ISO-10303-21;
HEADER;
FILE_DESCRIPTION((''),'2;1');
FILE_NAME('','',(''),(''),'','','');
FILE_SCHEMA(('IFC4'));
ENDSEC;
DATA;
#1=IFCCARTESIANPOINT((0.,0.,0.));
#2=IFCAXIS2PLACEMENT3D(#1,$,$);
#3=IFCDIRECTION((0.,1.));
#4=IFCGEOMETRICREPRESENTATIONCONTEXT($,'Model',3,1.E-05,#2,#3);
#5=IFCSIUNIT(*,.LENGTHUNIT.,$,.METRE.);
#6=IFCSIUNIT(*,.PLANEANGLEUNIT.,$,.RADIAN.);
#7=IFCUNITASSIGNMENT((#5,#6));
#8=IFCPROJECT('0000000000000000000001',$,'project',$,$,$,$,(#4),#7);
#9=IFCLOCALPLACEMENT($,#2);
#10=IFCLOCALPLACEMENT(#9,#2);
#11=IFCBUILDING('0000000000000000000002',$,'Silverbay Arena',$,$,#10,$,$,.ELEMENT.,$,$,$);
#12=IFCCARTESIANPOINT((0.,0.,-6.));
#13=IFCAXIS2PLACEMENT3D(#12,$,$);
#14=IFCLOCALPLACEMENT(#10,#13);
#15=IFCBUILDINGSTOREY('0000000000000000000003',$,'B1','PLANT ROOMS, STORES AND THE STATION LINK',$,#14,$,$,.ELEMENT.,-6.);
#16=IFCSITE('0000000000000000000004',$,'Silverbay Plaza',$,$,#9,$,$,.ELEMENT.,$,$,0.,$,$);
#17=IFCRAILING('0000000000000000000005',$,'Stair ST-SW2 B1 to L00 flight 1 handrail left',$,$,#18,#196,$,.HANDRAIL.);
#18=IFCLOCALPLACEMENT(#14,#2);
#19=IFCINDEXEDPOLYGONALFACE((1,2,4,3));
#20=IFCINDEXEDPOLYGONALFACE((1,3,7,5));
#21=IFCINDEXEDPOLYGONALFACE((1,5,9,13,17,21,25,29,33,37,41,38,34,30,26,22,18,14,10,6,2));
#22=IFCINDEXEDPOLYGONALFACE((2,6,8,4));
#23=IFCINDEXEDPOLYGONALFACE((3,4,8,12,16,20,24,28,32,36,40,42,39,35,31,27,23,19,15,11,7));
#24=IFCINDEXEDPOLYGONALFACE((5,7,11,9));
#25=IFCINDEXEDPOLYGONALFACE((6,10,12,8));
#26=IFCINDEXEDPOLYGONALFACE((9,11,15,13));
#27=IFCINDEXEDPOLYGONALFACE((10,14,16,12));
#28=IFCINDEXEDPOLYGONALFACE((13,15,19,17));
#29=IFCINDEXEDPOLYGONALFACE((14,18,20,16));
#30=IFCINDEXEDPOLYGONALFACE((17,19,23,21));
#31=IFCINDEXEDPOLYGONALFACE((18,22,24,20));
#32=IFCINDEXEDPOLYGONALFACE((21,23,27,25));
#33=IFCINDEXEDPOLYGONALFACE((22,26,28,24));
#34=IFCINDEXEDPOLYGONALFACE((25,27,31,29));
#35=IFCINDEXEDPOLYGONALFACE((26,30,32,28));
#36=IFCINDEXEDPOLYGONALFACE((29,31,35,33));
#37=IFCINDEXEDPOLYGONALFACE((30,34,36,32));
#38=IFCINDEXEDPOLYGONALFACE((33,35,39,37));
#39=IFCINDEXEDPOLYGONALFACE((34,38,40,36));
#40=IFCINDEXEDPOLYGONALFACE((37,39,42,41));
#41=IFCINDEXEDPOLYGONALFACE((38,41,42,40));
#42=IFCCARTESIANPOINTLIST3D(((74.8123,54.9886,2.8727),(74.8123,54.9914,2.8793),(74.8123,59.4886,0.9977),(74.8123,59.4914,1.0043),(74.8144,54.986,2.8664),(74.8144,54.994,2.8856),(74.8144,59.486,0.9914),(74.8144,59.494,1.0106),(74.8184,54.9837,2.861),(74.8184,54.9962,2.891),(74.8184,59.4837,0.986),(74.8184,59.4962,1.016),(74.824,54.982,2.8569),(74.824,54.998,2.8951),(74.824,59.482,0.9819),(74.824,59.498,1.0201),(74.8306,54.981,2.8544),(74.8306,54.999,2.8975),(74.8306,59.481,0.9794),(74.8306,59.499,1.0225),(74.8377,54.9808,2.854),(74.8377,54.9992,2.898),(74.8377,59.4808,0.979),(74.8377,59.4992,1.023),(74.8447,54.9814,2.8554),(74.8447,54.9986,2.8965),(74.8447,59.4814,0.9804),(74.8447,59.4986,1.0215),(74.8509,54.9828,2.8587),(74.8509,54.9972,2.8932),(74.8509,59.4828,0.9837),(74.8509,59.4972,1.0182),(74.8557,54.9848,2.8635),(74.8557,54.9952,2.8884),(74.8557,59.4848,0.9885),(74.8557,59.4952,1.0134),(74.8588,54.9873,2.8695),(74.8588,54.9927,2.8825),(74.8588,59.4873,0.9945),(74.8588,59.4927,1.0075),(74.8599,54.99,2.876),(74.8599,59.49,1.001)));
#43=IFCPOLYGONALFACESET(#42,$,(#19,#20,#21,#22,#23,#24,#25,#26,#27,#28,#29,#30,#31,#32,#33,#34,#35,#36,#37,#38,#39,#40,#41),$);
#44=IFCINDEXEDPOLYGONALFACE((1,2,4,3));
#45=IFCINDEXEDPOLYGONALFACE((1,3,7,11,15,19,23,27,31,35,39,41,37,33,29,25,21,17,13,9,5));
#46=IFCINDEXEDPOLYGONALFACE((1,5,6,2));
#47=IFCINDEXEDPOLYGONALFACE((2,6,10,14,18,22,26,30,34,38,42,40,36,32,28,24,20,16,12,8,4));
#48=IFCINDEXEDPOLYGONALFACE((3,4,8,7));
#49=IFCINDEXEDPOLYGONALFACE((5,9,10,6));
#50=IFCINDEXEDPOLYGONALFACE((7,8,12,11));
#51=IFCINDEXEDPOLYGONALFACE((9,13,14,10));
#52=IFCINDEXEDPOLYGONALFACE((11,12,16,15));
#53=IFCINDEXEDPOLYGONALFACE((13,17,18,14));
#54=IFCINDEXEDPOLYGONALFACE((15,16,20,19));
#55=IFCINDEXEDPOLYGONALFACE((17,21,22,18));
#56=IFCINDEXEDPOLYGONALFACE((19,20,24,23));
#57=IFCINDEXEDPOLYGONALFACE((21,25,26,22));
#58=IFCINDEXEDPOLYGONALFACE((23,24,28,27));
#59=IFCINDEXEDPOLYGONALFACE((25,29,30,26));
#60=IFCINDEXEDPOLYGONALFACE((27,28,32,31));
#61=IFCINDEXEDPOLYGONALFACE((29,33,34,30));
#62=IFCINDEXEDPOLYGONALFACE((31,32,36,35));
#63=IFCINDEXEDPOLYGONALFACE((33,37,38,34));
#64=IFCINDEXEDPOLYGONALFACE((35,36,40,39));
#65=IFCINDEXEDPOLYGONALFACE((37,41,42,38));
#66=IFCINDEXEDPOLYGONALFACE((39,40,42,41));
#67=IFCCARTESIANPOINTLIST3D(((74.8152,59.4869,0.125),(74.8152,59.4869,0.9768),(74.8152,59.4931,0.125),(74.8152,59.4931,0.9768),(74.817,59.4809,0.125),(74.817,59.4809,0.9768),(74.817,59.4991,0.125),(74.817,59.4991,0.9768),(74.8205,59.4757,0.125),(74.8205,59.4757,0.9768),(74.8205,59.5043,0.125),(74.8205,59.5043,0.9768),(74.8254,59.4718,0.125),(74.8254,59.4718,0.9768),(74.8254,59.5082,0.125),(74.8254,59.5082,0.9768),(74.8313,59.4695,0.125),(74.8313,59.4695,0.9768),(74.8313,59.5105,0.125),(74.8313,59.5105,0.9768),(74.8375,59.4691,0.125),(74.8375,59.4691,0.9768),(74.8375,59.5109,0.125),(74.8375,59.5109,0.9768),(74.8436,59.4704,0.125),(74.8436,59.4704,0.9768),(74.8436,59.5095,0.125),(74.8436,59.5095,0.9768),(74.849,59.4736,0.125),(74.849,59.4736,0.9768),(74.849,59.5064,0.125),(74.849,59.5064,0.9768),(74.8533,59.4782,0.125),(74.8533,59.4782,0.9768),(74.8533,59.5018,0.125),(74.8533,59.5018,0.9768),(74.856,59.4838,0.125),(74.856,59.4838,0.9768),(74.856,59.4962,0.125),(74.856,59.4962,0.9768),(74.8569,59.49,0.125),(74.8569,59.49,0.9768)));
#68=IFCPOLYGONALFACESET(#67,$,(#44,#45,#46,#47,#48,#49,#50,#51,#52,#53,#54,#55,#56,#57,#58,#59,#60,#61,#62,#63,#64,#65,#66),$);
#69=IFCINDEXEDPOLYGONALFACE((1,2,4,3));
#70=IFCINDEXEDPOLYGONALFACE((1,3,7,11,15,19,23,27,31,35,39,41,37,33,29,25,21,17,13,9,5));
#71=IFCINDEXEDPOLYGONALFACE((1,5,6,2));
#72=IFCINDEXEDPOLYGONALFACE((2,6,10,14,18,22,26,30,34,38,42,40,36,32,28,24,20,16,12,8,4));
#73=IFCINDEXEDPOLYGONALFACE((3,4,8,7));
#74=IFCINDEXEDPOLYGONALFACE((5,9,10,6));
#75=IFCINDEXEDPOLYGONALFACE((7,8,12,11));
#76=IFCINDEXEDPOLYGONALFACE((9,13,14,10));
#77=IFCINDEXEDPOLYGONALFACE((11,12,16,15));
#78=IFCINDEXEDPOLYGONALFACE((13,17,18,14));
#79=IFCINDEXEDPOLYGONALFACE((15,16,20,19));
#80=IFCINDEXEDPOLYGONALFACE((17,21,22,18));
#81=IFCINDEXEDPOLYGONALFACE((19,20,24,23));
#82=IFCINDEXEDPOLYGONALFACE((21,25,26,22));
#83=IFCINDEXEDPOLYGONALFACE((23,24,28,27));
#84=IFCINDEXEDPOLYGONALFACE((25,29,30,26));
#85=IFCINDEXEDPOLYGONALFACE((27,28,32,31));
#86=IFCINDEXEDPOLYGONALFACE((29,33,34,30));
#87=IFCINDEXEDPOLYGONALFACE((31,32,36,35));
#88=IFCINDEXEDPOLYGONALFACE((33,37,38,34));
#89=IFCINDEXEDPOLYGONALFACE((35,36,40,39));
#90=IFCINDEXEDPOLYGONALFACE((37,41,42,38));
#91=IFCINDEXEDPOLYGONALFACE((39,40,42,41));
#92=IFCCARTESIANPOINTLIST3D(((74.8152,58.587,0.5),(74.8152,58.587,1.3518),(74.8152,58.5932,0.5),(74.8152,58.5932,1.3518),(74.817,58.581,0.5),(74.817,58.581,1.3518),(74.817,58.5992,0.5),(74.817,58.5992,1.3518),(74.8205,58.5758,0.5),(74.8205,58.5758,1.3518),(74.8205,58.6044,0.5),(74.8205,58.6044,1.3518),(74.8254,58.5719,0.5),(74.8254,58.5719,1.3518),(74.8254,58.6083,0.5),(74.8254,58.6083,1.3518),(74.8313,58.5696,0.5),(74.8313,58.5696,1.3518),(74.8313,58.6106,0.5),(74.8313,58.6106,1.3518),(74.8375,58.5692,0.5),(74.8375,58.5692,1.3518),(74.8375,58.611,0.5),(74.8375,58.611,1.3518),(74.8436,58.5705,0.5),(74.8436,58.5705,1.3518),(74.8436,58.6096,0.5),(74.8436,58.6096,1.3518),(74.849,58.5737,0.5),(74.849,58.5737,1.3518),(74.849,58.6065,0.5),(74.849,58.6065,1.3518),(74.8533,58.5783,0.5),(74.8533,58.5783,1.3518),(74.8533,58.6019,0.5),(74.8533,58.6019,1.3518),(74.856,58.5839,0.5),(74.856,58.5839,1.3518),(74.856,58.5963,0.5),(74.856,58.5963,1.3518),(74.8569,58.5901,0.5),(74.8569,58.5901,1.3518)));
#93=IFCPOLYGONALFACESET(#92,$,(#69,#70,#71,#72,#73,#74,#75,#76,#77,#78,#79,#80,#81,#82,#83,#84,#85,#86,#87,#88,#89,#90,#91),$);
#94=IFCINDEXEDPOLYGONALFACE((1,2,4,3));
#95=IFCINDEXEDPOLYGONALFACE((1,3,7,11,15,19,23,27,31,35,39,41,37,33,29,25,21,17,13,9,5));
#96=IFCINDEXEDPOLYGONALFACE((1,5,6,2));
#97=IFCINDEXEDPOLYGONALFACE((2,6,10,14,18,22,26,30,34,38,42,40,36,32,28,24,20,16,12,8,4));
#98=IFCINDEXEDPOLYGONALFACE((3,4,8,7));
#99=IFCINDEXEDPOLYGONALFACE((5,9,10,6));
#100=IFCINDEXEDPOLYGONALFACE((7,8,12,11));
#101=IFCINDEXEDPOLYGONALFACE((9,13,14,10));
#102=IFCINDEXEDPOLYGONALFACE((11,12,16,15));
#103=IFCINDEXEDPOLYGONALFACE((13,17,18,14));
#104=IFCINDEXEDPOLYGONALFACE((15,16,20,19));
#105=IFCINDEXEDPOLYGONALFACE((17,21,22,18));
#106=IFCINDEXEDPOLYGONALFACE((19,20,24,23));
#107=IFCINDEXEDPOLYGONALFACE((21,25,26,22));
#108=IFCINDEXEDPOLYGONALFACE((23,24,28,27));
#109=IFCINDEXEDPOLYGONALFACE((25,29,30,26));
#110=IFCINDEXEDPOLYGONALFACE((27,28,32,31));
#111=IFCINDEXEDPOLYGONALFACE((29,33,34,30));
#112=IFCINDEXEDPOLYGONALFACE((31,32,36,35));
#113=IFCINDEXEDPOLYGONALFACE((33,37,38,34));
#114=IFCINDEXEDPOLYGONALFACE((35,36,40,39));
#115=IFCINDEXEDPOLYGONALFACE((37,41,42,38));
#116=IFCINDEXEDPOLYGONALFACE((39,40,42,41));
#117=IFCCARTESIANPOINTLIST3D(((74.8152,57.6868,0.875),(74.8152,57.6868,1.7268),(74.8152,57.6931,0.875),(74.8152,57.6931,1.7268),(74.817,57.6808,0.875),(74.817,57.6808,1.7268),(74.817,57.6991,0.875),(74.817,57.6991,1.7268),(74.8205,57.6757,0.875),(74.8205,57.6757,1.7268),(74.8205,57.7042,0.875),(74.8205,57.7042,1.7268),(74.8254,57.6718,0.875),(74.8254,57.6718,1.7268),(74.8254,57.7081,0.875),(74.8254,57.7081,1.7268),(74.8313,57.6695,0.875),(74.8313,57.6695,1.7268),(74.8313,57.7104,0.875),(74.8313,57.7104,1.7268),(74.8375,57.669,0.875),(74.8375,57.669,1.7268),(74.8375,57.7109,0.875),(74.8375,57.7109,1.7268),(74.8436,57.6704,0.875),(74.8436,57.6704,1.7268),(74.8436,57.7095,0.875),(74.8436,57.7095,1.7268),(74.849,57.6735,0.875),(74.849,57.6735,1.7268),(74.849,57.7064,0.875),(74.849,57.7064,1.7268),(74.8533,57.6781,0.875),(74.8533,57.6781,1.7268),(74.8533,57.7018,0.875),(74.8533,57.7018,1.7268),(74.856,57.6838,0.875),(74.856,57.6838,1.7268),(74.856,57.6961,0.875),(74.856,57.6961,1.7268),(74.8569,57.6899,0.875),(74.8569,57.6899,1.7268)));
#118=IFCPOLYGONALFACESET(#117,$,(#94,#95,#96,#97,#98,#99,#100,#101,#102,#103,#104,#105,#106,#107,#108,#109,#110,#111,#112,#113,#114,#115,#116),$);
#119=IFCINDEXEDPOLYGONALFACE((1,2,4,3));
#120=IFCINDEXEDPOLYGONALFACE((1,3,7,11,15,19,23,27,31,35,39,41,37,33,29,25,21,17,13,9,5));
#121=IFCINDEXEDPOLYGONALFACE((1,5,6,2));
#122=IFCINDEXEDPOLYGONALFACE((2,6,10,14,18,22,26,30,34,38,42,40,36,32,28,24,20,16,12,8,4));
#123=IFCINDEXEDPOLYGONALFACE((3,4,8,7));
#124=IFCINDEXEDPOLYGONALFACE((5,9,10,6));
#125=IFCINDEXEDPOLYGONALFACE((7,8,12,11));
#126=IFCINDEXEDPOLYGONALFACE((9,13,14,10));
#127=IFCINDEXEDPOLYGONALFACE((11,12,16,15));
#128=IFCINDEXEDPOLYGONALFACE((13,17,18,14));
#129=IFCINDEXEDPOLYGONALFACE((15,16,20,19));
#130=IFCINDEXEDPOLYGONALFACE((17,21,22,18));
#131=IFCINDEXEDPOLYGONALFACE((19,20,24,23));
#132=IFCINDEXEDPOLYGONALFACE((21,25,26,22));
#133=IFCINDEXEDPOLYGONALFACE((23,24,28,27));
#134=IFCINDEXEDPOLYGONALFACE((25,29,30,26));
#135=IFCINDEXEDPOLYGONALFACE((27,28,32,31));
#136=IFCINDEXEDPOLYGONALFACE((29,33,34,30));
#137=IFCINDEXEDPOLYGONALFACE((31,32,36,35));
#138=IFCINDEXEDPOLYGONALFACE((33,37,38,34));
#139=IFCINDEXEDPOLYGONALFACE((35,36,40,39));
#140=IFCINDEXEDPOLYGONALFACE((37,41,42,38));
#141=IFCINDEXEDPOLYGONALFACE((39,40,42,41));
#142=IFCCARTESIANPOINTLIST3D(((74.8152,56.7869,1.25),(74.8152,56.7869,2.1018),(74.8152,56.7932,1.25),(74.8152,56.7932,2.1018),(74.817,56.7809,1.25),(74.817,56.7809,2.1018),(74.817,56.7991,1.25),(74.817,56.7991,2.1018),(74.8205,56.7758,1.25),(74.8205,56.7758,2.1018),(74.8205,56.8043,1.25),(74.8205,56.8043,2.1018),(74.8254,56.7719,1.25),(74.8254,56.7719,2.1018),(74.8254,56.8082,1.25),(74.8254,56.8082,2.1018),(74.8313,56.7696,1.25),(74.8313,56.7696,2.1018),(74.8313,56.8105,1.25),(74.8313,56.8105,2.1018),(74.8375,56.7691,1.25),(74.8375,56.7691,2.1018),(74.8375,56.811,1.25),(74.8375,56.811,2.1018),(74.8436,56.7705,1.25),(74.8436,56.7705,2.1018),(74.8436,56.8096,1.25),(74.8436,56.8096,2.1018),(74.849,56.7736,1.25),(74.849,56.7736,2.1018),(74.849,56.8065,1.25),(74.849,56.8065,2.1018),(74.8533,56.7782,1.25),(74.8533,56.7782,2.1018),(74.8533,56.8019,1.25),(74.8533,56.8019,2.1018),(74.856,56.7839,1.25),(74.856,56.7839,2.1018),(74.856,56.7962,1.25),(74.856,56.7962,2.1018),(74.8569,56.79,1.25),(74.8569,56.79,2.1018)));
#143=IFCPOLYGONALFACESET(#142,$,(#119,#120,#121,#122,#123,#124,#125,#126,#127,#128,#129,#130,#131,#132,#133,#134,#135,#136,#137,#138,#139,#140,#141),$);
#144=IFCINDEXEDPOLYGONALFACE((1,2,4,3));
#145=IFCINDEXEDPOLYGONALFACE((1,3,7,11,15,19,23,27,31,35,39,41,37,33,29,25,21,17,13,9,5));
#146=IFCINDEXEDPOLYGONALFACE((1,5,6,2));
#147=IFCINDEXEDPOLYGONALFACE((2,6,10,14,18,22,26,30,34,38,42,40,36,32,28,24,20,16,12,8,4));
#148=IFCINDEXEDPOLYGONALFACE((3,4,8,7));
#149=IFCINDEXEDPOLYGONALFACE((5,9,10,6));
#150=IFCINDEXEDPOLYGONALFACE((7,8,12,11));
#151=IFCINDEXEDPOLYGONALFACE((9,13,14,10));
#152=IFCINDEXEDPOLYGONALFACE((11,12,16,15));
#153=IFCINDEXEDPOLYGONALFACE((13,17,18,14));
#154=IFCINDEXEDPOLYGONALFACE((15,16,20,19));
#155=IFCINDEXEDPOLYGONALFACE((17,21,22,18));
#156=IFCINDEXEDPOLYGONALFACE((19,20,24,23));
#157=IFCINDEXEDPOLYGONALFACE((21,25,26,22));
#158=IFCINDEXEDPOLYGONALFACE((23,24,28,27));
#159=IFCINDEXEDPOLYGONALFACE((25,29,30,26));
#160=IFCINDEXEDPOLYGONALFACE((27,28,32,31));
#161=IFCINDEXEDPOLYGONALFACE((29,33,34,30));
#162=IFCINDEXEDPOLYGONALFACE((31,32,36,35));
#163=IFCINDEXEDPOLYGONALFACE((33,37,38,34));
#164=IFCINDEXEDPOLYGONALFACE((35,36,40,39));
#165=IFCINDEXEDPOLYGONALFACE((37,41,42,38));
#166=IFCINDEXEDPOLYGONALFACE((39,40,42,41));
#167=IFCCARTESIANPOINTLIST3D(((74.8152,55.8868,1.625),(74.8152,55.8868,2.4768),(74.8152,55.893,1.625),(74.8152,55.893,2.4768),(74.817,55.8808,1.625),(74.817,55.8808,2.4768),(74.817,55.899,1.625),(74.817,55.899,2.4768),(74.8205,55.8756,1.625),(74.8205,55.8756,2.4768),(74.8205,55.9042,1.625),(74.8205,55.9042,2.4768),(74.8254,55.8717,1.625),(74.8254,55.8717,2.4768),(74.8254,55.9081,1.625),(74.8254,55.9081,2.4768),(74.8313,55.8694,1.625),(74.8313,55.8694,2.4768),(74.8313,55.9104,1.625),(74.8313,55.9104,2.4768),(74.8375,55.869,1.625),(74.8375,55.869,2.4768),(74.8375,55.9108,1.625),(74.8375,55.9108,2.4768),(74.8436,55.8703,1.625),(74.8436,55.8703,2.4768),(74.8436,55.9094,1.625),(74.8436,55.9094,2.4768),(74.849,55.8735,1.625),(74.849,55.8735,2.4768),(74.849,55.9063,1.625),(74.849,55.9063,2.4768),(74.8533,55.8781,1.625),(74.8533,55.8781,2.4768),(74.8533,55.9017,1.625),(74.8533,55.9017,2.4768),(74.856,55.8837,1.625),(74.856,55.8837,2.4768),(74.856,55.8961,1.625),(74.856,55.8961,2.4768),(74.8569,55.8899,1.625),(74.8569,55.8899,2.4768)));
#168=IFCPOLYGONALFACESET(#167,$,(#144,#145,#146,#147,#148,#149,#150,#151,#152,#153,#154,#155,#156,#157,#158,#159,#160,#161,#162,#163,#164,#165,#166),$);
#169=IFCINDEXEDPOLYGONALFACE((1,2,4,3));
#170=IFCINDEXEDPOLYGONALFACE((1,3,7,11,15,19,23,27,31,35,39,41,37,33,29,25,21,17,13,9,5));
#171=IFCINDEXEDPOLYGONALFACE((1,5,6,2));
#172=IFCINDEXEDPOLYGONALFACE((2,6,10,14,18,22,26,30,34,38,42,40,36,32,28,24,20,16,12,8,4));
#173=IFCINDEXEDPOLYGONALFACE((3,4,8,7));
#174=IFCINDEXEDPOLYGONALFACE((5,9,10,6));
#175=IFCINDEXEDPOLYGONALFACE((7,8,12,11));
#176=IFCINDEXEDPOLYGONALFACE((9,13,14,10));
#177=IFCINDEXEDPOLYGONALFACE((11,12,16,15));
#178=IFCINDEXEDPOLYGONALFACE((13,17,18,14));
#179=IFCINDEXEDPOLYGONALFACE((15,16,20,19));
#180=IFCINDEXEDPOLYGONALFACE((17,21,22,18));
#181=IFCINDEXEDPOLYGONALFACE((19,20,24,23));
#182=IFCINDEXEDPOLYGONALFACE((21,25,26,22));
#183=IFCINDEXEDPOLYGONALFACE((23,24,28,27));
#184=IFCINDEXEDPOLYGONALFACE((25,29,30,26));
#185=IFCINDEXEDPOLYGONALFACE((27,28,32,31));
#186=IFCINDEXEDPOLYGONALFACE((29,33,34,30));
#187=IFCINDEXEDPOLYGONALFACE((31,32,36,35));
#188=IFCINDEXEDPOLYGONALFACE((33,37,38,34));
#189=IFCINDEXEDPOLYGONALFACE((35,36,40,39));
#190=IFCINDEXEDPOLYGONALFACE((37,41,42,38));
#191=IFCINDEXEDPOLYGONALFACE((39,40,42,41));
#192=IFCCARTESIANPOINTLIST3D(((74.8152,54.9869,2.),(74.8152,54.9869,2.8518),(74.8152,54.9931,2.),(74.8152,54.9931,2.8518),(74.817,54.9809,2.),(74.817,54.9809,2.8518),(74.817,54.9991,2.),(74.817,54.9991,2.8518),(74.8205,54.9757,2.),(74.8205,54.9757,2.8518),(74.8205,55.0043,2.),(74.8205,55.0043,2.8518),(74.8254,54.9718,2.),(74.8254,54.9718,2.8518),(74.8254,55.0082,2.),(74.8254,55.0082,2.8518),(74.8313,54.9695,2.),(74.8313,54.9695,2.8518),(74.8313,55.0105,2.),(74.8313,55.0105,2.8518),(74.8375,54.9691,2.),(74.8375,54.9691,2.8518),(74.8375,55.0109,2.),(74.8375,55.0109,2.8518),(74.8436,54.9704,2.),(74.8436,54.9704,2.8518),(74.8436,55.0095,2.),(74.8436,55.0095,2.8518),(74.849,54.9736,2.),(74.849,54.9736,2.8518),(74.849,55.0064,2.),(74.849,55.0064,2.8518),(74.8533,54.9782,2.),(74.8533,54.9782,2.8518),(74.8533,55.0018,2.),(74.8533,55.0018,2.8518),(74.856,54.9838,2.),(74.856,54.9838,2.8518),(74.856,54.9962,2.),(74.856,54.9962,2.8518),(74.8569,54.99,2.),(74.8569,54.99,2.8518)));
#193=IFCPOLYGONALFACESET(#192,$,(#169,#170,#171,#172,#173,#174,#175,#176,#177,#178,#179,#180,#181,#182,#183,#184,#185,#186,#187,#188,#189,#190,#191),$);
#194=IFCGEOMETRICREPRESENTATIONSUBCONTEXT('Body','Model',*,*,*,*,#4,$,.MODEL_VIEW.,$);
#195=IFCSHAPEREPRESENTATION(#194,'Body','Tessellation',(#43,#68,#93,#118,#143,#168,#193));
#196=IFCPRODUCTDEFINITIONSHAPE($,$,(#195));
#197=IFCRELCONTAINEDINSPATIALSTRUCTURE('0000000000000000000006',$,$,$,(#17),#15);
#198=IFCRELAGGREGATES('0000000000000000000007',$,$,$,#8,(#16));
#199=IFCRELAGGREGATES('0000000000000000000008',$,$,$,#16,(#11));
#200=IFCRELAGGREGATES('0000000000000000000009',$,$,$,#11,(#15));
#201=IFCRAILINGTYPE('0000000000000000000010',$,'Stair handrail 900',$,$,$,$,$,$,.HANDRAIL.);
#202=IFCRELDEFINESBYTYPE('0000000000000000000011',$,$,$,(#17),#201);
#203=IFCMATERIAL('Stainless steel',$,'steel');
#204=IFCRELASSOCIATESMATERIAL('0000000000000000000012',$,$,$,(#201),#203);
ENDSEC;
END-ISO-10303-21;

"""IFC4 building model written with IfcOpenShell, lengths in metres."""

from ifc_helpers import new_model, si_unit, direction, frame, origin, origin_2d, place, context, subcontext, project, spatial, circle, extrude, material, type_object, element, save


model = new_model("IFC4")

# Units and contexts
model_context = context("Model", 3, precision=1e-05, world=origin(), true_north=direction((0.0, 1.0)))
body_context = subcontext(model_context, "Body", "Model", "MODEL_VIEW")
ifc_project = project(units=[si_unit("LENGTHUNIT", "METRE"), si_unit("PLANEANGLEUNIT", "RADIAN")], contexts=[model_context])

# Site, building, storey
site_placement = place(None, origin())
site = spatial("IfcSite", under=ifc_project, at=site_placement, Name="Silverbay Plaza", CompositionType="ELEMENT", RefElevation=0.0)
building_placement = place(site_placement, origin())
building = spatial("IfcBuilding", under=site, at=building_placement, Name="Silverbay Arena", CompositionType="ELEMENT")
storey_placement = place(building_placement, frame((0.0, 0.0, -6.0)))
storey = spatial("IfcBuildingStorey", under=building, at=storey_placement, Name="B1", Description="PLANT ROOMS, STORES AND THE STATION LINK", CompositionType="ELEMENT", Elevation=-6.0)

# Railing
ifc_material_1 = material(Name="Stainless steel", Category="steel")
railing_type_1 = type_object("IfcRailingType", Name="Stair handrail 900", PredefinedType="HANDRAIL", material=ifc_material_1)
railing_1_placement = place(storey_placement, frame((74.8359, 59.49, 0.125)))
element("IfcRailing", 1, at=railing_1_placement, inside=storey, type_object=railing_type_1, Name="Stair ST-SW2 B1 to L00 flight 1 handrail left", PredefinedType="HANDRAIL", context=body_context, shape_type="SweptSolid", body=[
    extrude(circle(Radius=0.0239, at=origin_2d()), frame((0.0, 0.0, 0.876), z_axis=(0.0, -0.923077, 0.384615), x_axis=(1.0, 0.0, 0.0)), (0.0, 0.0, 1.0), 4.875),
    extrude(circle(Radius=0.021, at=origin_2d()), origin(), (0.0, 0.0, 1.0), 0.8518),
    extrude(circle(Radius=0.021, at=origin_2d()), frame((0.0, -0.8999, 0.375)), (0.0, 0.0, 1.0), 0.8518),
    extrude(circle(Radius=0.021, at=origin_2d()), frame((0.0, -1.8, 0.75)), (0.0, 0.0, 1.0), 0.8518),
    extrude(circle(Radius=0.021, at=origin_2d()), frame((0.0, -2.7, 1.125)), (0.0, 0.0, 1.0), 0.8518),
    extrude(circle(Radius=0.021, at=origin_2d()), frame((0.0, -3.6001, 1.5)), (0.0, 0.0, 1.0), 0.8518),
    extrude(circle(Radius=0.021, at=origin_2d()), frame((0.0, -4.5, 1.875)), (0.0, 0.0, 1.0), 0.8518),
])

save(model, "model.ifc")
